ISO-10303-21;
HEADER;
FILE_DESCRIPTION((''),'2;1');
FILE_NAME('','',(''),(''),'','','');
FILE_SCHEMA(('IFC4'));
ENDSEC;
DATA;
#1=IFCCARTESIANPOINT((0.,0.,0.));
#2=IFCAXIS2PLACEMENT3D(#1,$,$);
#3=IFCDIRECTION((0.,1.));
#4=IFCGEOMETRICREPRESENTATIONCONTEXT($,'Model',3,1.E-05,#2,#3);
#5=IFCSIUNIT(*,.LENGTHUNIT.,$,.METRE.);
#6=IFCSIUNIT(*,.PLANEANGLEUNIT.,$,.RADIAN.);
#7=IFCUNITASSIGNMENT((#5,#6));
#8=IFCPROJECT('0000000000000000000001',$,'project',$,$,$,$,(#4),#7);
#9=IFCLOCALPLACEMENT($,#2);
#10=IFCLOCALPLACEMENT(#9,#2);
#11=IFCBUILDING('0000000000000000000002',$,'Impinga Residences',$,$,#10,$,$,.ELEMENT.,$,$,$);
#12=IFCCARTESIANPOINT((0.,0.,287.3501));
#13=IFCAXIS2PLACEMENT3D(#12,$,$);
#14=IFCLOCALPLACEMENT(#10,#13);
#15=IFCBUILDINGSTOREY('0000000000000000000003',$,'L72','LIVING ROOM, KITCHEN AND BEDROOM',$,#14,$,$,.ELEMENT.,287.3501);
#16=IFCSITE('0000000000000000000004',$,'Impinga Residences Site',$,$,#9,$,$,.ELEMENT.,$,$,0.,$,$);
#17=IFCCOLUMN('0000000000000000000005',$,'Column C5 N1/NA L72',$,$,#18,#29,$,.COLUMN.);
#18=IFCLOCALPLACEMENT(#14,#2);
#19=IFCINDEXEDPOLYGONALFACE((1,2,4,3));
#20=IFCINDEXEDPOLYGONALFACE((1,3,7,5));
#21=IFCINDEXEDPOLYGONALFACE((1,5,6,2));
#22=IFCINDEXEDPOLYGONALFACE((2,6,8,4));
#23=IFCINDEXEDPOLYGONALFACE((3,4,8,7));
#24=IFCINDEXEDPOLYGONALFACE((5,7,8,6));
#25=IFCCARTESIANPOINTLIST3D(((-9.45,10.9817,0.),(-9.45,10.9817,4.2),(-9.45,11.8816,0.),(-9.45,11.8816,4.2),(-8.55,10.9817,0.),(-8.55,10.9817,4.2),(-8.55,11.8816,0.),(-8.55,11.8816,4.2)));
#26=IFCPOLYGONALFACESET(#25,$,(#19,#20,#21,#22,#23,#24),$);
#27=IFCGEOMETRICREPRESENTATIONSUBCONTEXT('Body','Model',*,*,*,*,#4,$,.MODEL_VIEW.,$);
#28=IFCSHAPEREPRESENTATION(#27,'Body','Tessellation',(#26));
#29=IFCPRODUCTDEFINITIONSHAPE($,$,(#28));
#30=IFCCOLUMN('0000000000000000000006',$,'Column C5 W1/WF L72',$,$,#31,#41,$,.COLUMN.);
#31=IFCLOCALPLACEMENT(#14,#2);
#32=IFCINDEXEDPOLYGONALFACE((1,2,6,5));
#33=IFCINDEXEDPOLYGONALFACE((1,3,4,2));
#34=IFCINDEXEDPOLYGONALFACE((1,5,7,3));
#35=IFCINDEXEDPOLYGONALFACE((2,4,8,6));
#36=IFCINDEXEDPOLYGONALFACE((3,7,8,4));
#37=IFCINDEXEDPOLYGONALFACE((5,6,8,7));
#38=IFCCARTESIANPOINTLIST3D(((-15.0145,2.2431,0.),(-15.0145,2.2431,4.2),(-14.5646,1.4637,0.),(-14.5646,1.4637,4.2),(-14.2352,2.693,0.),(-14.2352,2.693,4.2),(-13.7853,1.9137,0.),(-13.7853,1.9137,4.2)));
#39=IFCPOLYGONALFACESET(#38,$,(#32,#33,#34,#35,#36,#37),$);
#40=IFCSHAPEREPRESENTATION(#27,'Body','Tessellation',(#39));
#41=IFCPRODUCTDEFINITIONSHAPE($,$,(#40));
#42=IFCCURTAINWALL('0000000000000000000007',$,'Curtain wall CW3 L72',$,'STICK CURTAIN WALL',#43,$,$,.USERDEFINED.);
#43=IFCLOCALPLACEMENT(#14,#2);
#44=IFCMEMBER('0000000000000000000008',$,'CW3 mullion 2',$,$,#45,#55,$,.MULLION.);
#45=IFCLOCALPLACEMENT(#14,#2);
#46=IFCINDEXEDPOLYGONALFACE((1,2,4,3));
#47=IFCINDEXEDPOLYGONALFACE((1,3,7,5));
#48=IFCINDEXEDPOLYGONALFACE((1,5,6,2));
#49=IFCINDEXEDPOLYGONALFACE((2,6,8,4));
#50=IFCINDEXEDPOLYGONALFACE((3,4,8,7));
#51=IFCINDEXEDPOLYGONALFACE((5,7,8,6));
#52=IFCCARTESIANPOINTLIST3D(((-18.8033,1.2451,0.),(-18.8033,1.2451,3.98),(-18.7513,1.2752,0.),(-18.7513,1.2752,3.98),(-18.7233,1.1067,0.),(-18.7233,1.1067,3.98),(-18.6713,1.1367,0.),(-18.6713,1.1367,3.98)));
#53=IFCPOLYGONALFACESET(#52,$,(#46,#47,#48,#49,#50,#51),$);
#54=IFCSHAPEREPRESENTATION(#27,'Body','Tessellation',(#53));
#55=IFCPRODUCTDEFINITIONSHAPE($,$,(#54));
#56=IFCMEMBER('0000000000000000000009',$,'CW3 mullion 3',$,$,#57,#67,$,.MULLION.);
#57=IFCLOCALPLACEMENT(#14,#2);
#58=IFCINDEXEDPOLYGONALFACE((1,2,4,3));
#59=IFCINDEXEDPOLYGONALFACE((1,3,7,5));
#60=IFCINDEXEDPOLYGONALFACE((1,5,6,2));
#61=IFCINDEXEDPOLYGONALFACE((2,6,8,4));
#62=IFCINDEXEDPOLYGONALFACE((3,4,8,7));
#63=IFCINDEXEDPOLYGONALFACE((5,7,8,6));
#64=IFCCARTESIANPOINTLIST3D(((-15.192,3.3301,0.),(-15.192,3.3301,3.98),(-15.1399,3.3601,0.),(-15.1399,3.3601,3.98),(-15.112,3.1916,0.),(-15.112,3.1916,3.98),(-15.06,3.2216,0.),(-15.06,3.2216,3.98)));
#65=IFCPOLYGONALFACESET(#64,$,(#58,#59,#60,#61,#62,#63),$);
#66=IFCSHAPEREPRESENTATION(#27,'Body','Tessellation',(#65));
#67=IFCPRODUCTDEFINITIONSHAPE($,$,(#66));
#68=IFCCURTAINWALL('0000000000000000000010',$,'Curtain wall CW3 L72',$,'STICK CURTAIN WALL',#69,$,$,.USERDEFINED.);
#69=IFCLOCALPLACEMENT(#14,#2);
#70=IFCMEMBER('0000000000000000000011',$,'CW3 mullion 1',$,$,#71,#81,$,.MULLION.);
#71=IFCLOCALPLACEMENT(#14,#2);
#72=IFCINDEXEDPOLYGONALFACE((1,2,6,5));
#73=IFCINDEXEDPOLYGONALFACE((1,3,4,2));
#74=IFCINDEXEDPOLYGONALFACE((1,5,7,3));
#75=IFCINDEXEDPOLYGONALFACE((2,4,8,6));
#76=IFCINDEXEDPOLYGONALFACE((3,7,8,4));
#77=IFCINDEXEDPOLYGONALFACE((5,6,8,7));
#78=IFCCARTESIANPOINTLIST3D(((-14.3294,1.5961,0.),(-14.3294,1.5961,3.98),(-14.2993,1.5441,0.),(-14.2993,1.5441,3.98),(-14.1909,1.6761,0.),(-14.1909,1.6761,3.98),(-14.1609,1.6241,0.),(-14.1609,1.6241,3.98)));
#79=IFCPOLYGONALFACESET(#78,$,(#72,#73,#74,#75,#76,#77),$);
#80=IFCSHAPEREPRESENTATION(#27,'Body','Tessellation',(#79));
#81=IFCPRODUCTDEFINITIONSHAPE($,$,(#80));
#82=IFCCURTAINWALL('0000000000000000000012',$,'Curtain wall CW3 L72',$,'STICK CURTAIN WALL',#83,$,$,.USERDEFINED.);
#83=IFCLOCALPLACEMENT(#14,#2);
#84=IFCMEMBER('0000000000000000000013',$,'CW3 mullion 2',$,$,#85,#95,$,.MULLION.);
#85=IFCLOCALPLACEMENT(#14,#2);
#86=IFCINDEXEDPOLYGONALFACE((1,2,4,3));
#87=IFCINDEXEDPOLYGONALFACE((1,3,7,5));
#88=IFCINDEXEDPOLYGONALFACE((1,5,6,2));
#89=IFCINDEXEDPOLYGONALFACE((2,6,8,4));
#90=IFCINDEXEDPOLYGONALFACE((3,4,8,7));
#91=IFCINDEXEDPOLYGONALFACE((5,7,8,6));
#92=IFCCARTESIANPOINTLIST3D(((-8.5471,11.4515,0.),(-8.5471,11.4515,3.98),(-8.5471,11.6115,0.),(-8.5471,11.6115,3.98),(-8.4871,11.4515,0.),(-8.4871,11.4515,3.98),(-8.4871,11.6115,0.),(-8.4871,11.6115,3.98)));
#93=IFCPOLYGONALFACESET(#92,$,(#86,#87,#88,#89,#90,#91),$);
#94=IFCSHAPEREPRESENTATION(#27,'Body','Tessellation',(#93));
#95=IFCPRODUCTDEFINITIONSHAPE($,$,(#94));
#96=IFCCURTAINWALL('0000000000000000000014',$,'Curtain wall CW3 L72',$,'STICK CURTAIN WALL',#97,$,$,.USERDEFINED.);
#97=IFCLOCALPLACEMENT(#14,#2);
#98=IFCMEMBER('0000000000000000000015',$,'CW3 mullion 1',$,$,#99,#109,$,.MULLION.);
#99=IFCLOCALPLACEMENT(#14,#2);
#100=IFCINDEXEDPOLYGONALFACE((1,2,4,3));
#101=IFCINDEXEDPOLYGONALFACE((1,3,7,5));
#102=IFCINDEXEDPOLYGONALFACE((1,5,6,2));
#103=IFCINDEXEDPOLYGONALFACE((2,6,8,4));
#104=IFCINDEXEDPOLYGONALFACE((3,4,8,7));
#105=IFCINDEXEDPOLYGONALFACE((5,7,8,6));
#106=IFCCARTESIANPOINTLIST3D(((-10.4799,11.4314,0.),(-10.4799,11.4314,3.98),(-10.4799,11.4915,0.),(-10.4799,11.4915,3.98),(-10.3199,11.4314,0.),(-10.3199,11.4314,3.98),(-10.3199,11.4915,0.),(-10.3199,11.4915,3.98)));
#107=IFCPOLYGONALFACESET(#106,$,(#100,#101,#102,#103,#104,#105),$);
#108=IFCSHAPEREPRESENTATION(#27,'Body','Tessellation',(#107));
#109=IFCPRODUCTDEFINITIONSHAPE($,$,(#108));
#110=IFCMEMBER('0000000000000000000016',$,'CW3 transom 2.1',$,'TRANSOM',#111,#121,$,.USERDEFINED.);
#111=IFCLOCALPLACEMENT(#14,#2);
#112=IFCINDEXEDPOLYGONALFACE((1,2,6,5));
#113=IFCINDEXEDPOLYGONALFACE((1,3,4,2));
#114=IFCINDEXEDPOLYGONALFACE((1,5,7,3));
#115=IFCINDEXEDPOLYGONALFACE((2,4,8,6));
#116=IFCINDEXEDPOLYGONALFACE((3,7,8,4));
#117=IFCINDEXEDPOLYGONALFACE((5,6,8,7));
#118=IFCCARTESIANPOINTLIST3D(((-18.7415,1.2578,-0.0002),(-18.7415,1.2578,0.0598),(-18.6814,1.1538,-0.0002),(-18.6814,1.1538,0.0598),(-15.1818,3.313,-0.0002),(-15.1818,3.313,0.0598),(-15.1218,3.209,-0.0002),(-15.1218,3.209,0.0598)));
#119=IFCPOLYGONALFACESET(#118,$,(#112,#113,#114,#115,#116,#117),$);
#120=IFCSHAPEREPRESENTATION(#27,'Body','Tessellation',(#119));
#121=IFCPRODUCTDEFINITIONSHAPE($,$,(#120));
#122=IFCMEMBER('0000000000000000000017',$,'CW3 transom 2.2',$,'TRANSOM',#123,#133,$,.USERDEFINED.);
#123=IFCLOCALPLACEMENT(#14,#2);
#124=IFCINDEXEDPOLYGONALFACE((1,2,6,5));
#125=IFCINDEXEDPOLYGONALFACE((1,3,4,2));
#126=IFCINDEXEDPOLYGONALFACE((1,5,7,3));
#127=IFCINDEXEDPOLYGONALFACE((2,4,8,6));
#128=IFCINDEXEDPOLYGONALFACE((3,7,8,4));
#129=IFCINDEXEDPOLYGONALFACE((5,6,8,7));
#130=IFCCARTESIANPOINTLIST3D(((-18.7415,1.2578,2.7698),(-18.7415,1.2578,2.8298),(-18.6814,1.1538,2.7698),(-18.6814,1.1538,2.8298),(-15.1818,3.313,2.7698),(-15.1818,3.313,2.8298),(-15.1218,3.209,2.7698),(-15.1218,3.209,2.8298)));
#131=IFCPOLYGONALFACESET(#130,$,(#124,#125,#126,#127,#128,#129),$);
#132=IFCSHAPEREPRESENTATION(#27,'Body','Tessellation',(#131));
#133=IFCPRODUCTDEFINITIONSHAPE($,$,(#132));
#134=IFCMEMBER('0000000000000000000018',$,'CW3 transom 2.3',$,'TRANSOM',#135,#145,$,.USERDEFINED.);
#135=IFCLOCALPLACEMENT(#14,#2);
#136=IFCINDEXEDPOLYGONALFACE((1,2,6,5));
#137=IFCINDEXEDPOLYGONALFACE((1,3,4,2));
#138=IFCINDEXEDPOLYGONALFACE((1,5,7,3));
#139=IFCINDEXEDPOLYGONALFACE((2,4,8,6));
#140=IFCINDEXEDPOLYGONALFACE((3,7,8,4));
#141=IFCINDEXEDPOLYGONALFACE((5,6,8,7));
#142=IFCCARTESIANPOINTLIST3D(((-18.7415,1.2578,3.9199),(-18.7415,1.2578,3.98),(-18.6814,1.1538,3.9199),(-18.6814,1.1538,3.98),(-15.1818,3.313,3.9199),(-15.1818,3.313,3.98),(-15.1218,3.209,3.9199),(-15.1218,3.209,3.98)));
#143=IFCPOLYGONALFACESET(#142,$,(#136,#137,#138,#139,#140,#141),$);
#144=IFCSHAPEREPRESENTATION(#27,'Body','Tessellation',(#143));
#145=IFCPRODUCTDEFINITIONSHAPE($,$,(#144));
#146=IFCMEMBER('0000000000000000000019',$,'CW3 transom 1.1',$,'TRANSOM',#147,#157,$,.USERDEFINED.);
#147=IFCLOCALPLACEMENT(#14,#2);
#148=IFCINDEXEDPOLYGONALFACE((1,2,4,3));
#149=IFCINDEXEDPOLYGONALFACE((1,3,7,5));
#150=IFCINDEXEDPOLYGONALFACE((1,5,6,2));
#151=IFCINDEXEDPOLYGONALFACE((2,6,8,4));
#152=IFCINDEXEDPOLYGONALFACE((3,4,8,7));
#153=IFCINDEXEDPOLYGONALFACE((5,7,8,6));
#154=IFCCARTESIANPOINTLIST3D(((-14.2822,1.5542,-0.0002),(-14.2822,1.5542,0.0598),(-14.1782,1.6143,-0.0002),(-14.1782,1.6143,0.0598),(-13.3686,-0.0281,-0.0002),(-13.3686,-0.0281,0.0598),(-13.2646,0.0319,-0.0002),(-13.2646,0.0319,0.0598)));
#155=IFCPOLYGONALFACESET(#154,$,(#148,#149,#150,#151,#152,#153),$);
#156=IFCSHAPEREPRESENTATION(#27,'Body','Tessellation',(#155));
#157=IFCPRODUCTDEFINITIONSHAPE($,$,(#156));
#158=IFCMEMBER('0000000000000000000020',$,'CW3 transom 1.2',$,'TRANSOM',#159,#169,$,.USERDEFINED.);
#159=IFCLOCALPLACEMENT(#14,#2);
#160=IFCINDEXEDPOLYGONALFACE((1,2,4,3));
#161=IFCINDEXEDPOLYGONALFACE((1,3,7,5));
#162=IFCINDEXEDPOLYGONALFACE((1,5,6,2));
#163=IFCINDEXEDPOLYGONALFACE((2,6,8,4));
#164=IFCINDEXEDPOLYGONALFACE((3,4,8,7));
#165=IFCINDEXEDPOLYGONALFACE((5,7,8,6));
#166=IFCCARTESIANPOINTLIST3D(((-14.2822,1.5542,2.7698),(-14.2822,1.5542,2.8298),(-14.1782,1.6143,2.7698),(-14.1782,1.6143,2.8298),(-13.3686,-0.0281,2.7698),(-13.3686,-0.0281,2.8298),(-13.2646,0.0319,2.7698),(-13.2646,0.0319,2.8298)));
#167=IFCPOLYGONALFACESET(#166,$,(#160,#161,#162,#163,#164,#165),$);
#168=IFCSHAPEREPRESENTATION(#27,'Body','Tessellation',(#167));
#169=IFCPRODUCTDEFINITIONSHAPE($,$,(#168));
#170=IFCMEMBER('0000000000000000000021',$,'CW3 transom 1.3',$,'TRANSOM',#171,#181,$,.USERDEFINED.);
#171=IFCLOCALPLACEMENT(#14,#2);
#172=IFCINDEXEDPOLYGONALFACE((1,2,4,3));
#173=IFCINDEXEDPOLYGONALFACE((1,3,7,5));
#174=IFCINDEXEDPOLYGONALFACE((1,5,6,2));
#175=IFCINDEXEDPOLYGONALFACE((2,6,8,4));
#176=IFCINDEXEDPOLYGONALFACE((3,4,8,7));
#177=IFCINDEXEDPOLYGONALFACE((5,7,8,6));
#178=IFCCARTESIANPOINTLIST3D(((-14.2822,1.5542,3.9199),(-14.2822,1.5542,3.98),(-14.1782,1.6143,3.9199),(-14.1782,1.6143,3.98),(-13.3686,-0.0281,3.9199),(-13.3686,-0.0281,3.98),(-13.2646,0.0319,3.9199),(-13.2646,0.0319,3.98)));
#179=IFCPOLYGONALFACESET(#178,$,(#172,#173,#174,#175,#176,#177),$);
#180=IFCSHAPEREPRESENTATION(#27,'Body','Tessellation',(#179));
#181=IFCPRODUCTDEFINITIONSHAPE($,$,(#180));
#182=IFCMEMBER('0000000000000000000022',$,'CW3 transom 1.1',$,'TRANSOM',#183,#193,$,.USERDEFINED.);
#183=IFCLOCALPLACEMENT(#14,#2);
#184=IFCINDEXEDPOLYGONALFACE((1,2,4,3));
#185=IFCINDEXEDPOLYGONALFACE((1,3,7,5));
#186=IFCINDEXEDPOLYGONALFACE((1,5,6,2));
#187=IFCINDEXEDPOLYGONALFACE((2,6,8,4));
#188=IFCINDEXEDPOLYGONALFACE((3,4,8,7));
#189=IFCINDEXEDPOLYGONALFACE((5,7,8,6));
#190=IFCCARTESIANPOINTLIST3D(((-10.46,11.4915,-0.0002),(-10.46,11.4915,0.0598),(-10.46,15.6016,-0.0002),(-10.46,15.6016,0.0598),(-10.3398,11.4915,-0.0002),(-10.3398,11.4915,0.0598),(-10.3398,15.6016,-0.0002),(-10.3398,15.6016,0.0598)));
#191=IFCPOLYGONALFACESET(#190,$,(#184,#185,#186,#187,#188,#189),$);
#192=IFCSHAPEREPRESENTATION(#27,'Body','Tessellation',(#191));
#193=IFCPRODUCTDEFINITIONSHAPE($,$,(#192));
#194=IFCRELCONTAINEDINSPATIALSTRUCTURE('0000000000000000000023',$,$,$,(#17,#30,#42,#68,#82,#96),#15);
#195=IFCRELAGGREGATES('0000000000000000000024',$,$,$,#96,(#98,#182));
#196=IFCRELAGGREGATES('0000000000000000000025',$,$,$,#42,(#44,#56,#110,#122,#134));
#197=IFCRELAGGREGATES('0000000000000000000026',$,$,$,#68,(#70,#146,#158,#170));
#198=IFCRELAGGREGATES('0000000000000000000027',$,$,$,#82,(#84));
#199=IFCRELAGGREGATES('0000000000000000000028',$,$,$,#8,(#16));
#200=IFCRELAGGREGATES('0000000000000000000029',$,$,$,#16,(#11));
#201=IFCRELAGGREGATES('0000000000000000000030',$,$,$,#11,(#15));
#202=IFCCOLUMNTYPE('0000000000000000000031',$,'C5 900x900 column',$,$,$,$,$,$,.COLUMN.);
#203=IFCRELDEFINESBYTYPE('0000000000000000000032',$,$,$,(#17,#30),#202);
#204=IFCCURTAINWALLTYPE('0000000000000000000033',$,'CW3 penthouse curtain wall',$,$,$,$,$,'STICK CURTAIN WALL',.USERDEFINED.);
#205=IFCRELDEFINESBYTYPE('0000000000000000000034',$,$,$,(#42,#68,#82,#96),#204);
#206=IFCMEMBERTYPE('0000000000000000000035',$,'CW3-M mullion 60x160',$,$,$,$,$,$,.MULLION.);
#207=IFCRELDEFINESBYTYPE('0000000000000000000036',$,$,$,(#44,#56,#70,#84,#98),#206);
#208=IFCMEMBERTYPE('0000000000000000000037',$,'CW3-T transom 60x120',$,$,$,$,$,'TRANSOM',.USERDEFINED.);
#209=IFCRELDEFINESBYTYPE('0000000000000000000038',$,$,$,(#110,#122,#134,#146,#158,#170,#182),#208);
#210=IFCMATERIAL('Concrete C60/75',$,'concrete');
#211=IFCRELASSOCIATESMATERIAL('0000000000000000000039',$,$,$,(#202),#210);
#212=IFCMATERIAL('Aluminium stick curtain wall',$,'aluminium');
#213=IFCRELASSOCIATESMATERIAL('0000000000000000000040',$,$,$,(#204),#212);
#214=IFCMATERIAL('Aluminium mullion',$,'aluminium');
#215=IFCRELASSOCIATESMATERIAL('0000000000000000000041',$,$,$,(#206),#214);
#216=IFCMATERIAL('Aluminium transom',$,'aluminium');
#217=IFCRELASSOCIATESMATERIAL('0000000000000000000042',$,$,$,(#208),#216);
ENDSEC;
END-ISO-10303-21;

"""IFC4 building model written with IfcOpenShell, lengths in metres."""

from ifc_helpers import new_model, si_unit, direction, frame, origin, origin_2d, place, context, subcontext, project, spatial, rectangle, extrude, material, material_profile, profile_set, type_object, element, aggregate, save


model = new_model("IFC4")

# Units and contexts
model_context = context("Model", 3, precision=1e-05, world=origin(), true_north=direction((0.0, 1.0)))
body_context = subcontext(model_context, "Body", "Model", "MODEL_VIEW")
ifc_project = project(units=[si_unit("LENGTHUNIT", "METRE"), si_unit("PLANEANGLEUNIT", "RADIAN")], contexts=[model_context])

# Site, building, storey
site_placement = place(None, origin())
site = spatial("IfcSite", under=ifc_project, at=site_placement, Name="Impinga Residences Site", CompositionType="ELEMENT", RefElevation=0.0)
building_placement = place(site_placement, origin())
building = spatial("IfcBuilding", under=site, at=building_placement, Name="Impinga Residences", CompositionType="ELEMENT")
storey_placement = place(building_placement, frame((0.0, 0.0, 287.3501)))
storey = spatial("IfcBuildingStorey", under=building, at=storey_placement, Name="L72", Description="LIVING ROOM, KITCHEN AND BEDROOM", CompositionType="ELEMENT", Elevation=287.3501)

# Columns
ifc_material_1 = material(Name="Concrete C60/75", Category="concrete")
ifc_material_profile_1 = material_profile(ifc_material_1, rectangle(XDim=0.8999, YDim=0.8999, at=origin_2d()), Name="RC 900x900")
ifc_profile_set_1 = profile_set([ifc_material_profile_1], Name="Concrete C60/75")
column_type = type_object("IfcColumnType", Name="C5 900x900 column", PredefinedType="COLUMN", material=ifc_profile_set_1)
for number, where, z_axis, x_axis, name in (
    (1, (-9.0, 11.4316, 0.0), (0.0, 0.0, 1.0), (1.0, 0.0, 0.0), "Column C5 N1/NA L72"),
    (2, (-14.3999, 2.0784, 0.0), (0.0, 0.0, 1.0), (-0.5, 0.866025, 0.0), "Column C5 W1/WF L72"),
):
    element("IfcColumn", number, at=place(storey_placement, frame(where, z_axis=z_axis, x_axis=x_axis)), inside=storey, type_object=column_type, Name=name, PredefinedType="COLUMN", context=body_context, shape_type="SweptSolid", body=[
        extrude(rectangle(XDim=0.8999, YDim=0.8999, at=origin_2d()), origin(), (0.0, 0.0, 1.0), 4.2),
    ])

# Curtain wall, members
ifc_material_2 = material(Name="Aluminium stick curtain wall", Category="aluminium")
curtain_wall_type = type_object("IfcCurtainWallType", Name="CW3 penthouse curtain wall", ElementType="STICK CURTAIN WALL", PredefinedType="USERDEFINED", material=ifc_material_2)
curtain_wall_1_placement = place(storey_placement, origin())
curtain_wall_1 = element("IfcCurtainWall", 3, at=curtain_wall_1_placement, inside=storey, type_object=curtain_wall_type, Name="Curtain wall CW3 L72", ObjectType="STICK CURTAIN WALL", PredefinedType="USERDEFINED")
ifc_material_3 = material(Name="Aluminium mullion", Category="aluminium")
ifc_material_profile_2 = material_profile(ifc_material_3, rectangle(XDim=0.0601, YDim=0.1599, at=origin_2d()), Name="60x160 mullion")
ifc_profile_set_2 = profile_set([ifc_material_profile_2], Name="Aluminium mullion")
member_type_1 = type_object("IfcMemberType", Name="CW3-M mullion 60x160", PredefinedType="MULLION", material=ifc_profile_set_2)
member_1_placement = place(storey_placement, frame((-18.7373, 1.1909, 0.0), z_axis=(0.0, 0.0, 1.0), x_axis=(0.866025, 0.5, 0.0)))
member_1 = element("IfcMember", 4, at=member_1_placement, type_object=member_type_1, Name="CW3 mullion 2", PredefinedType="MULLION", context=body_context, shape_type="SweptSolid", body=[
    extrude(rectangle(XDim=0.0601, YDim=0.1599, at=origin_2d()), origin(), (0.0, 0.0, 1.0), 3.98),
])
member_2_placement = place(storey_placement, frame((-15.126, 3.2759, 0.0), z_axis=(0.0, 0.0, 1.0), x_axis=(0.866025, 0.5, 0.0)))
member_2 = element("IfcMember", 5, at=member_2_placement, type_object=member_type_1, Name="CW3 mullion 3", PredefinedType="MULLION", context=body_context, shape_type="SweptSolid", body=[
    extrude(rectangle(XDim=0.0601, YDim=0.1599, at=origin_2d()), origin(), (0.0, 0.0, 1.0), 3.98),
])

# Curtain walls, members
curtain_wall_2_placement = place(storey_placement, origin())
curtain_wall_2 = element("IfcCurtainWall", 6, at=curtain_wall_2_placement, inside=storey, type_object=curtain_wall_type, Name="Curtain wall CW3 L72", ObjectType="STICK CURTAIN WALL", PredefinedType="USERDEFINED")
member_3_placement = place(storey_placement, frame((-14.2451, 1.6101, 0.0), z_axis=(0.0, 0.0, 1.0), x_axis=(0.5, -0.866025, 0.0)))
member_3 = element("IfcMember", 7, at=member_3_placement, type_object=member_type_1, Name="CW3 mullion 1", PredefinedType="MULLION", context=body_context, shape_type="SweptSolid", body=[
    extrude(rectangle(XDim=0.0601, YDim=0.1599, at=origin_2d()), origin(), (0.0, 0.0, 1.0), 3.98),
])
curtain_wall_3_placement = place(storey_placement, origin())
curtain_wall_3 = element("IfcCurtainWall", 8, at=curtain_wall_3_placement, inside=storey, type_object=curtain_wall_type, Name="Curtain wall CW3 L72", ObjectType="STICK CURTAIN WALL", PredefinedType="USERDEFINED")
member_4_placement = place(storey_placement, frame((-8.5171, 11.5315, 0.0), z_axis=(0.0, 0.0, 1.0), x_axis=(-1.0, 0.0, 0.0)))
member_4 = element("IfcMember", 9, at=member_4_placement, type_object=member_type_1, Name="CW3 mullion 2", PredefinedType="MULLION", context=body_context, shape_type="SweptSolid", body=[
    extrude(rectangle(XDim=0.0601, YDim=0.1599, at=origin_2d()), origin(), (0.0, 0.0, 1.0), 3.98),
])
curtain_wall_4_placement = place(storey_placement, origin())
curtain_wall_4 = element("IfcCurtainWall", 10, at=curtain_wall_4_placement, inside=storey, type_object=curtain_wall_type, Name="Curtain wall CW3 L72", ObjectType="STICK CURTAIN WALL", PredefinedType="USERDEFINED")
member_5_placement = place(storey_placement, frame((-10.3999, 11.4614, 0.0), z_axis=(0.0, 0.0, 1.0), x_axis=(0.0, 1.0, 0.0)))
member_5 = element("IfcMember", 11, at=member_5_placement, type_object=member_type_1, Name="CW3 mullion 1", PredefinedType="MULLION", context=body_context, shape_type="SweptSolid", body=[
    extrude(rectangle(XDim=0.0601, YDim=0.1599, at=origin_2d()), origin(), (0.0, 0.0, 1.0), 3.98),
])

# Members
ifc_material_4 = material(Name="Aluminium transom", Category="aluminium")
ifc_material_profile_3 = material_profile(ifc_material_4, rectangle(XDim=0.0601, YDim=0.1201, at=origin_2d()), Name="60x120 transom")
ifc_profile_set_3 = profile_set([ifc_material_profile_3], Name="Aluminium transom")
member_type_2 = type_object("IfcMemberType", Name="CW3-T transom 60x120", ElementType="TRANSOM", PredefinedType="USERDEFINED", material=ifc_profile_set_3)
member_6_placement = place(storey_placement, frame((-18.7114, 1.2058, 0.0298), z_axis=(0.866019, 0.50001, 0.0), x_axis=(0.0, 0.0, 1.0)))
member_6 = element("IfcMember", 12, at=member_6_placement, type_object=member_type_2, Name="CW3 transom 2.1", ObjectType="TRANSOM", PredefinedType="USERDEFINED", context=body_context, shape_type="SweptSolid", body=[
    extrude(rectangle(XDim=0.0601, YDim=0.1201, at=origin_2d()), origin(), (0.0, 0.0, 1.0), 4.1104),
])
member_7_placement = place(storey_placement, frame((-18.7114, 1.2058, 2.7998), z_axis=(0.866019, 0.50001, 0.0), x_axis=(0.0, 0.0, 1.0)))
member_7 = element("IfcMember", 13, at=member_7_placement, type_object=member_type_2, Name="CW3 transom 2.2", ObjectType="TRANSOM", PredefinedType="USERDEFINED", context=body_context, shape_type="SweptSolid", body=[
    extrude(rectangle(XDim=0.0601, YDim=0.1201, at=origin_2d()), origin(), (0.0, 0.0, 1.0), 4.1104),
])
member_8_placement = place(storey_placement, frame((-18.7114, 1.2058, 3.95), z_axis=(0.866019, 0.50001, 0.0), x_axis=(0.0, 0.0, 1.0)))
member_8 = element("IfcMember", 14, at=member_8_placement, type_object=member_type_2, Name="CW3 transom 2.3", ObjectType="TRANSOM", PredefinedType="USERDEFINED", context=body_context, shape_type="SweptSolid", body=[
    extrude(rectangle(XDim=0.0601, YDim=0.1201, at=origin_2d()), origin(), (0.0, 0.0, 1.0), 4.1104),
])
member_9_placement = place(storey_placement, frame((-14.2302, 1.5842, 0.0298), z_axis=(0.500019, -0.866014, 0.0), x_axis=(0.0, 0.0, 1.0)))
member_9 = element("IfcMember", 15, at=member_9_placement, type_object=member_type_2, Name="CW3 transom 1.1", ObjectType="TRANSOM", PredefinedType="USERDEFINED", context=body_context, shape_type="SweptSolid", body=[
    extrude(rectangle(XDim=0.0601, YDim=0.1201, at=origin_2d()), origin(), (0.0, 0.0, 1.0), 1.8271),
])
member_10_placement = place(storey_placement, frame((-14.2302, 1.5842, 2.7998), z_axis=(0.500019, -0.866014, 0.0), x_axis=(0.0, 0.0, 1.0)))
member_10 = element("IfcMember", 16, at=member_10_placement, type_object=member_type_2, Name="CW3 transom 1.2", ObjectType="TRANSOM", PredefinedType="USERDEFINED", context=body_context, shape_type="SweptSolid", body=[
    extrude(rectangle(XDim=0.0601, YDim=0.1201, at=origin_2d()), origin(), (0.0, 0.0, 1.0), 1.8271),
])
member_11_placement = place(storey_placement, frame((-14.2302, 1.5842, 3.95), z_axis=(0.500019, -0.866014, 0.0), x_axis=(0.0, 0.0, 1.0)))
member_11 = element("IfcMember", 17, at=member_11_placement, type_object=member_type_2, Name="CW3 transom 1.3", ObjectType="TRANSOM", PredefinedType="USERDEFINED", context=body_context, shape_type="SweptSolid", body=[
    extrude(rectangle(XDim=0.0601, YDim=0.1201, at=origin_2d()), origin(), (0.0, 0.0, 1.0), 1.8271),
])
member_12_placement = place(storey_placement, frame((-10.3999, 11.4915, 0.0298), z_axis=(0.0, 1.0, 0.0), x_axis=(0.0, 0.0, 1.0)))
member_12 = element("IfcMember", 18, at=member_12_placement, type_object=member_type_2, Name="CW3 transom 1.1", ObjectType="TRANSOM", PredefinedType="USERDEFINED", context=body_context, shape_type="SweptSolid", body=[
    extrude(rectangle(XDim=0.0601, YDim=0.1201, at=origin_2d()), origin(), (0.0, 0.0, 1.0), 4.1101),
])
aggregate(curtain_wall_4, [member_5, member_12])

aggregate(curtain_wall_1, [member_1, member_2, member_6, member_7, member_8])
aggregate(curtain_wall_2, [member_3, member_9, member_10, member_11])
aggregate(curtain_wall_3, [member_4])

save(model, "model.ifc")
